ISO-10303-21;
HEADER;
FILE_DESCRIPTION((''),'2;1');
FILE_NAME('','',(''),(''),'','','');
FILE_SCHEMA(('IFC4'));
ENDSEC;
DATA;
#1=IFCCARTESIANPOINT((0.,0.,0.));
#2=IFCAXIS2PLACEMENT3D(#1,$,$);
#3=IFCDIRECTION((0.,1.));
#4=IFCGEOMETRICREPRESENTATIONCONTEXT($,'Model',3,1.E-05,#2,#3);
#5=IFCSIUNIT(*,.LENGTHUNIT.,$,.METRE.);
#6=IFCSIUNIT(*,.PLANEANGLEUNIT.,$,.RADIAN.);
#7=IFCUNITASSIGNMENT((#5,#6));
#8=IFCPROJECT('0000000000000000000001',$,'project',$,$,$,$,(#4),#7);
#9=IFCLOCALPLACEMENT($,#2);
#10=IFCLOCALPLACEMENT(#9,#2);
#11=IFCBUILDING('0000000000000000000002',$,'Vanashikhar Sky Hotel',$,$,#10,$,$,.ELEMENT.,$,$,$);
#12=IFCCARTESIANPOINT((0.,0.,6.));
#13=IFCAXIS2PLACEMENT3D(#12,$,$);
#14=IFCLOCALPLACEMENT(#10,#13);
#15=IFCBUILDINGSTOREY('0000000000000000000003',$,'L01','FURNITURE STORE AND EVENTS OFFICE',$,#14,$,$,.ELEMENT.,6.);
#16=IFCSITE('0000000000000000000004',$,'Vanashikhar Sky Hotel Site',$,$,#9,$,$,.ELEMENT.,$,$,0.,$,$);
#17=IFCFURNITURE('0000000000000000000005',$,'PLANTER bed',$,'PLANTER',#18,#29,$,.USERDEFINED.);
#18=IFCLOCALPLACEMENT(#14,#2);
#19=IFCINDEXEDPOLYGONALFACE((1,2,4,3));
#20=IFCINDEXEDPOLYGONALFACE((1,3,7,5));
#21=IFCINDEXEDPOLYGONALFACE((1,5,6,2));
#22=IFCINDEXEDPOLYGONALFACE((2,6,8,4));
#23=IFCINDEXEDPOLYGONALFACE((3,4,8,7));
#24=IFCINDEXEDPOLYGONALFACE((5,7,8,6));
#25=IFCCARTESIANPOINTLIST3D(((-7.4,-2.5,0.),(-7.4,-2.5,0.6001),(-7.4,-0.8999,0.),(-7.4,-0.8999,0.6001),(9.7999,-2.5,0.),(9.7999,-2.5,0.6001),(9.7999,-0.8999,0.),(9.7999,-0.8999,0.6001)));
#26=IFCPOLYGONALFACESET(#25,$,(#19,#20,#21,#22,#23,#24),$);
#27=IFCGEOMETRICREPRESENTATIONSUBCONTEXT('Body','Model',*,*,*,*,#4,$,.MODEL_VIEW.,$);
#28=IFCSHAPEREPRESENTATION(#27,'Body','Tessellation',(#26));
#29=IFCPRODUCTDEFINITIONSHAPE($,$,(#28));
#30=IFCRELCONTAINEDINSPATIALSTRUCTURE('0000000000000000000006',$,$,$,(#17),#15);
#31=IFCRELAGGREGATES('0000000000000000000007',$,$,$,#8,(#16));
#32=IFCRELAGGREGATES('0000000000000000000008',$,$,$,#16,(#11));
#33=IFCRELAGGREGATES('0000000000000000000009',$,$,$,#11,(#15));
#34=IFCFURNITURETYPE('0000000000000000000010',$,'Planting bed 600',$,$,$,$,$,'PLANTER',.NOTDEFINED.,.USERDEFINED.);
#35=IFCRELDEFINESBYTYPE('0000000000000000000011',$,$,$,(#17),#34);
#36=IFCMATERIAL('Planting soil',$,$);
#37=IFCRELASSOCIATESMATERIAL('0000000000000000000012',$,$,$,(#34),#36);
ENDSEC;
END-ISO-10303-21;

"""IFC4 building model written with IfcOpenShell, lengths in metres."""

from ifc_helpers import new_model, si_unit, direction, frame, origin, origin_2d, place, context, subcontext, project, spatial, rectangle, extrude, source, transform, mapped, material, type_object, element, save


model = new_model("IFC4")

# Units and contexts
model_context = context("Model", 3, precision=1e-05, world=origin(), true_north=direction((0.0, 1.0)))
body_context = subcontext(model_context, "Body", "Model", "MODEL_VIEW")
ifc_project = project(units=[si_unit("LENGTHUNIT", "METRE"), si_unit("PLANEANGLEUNIT", "RADIAN")], contexts=[model_context])

# Site, building, storey
site_placement = place(None, origin())
site = spatial("IfcSite", under=ifc_project, at=site_placement, Name="Vanashikhar Sky Hotel Site", CompositionType="ELEMENT", RefElevation=0.0)
building_placement = place(site_placement, origin())
building = spatial("IfcBuilding", under=site, at=building_placement, Name="Vanashikhar Sky Hotel", CompositionType="ELEMENT")
storey_placement = place(building_placement, frame((0.0, 0.0, 6.0)))
storey = spatial("IfcBuildingStorey", under=building, at=storey_placement, Name="L01", Description="FURNITURE STORE AND EVENTS OFFICE", CompositionType="ELEMENT", Elevation=6.0)

# Furniture
ifc_material_1 = material(Name="Planting soil")
furniture_type_1 = type_object("IfcFurnitureType", Name="Planting bed 600", ElementType="PLANTER", AssemblyPlace="NOTDEFINED", PredefinedType="USERDEFINED", material=ifc_material_1)
shared_shape_1 = source(origin(), body_context, "Body", "SweptSolid", [
    extrude(rectangle(XDim=17.2, YDim=1.6001, at=origin_2d()), origin(), (0.0, 0.0, 1.0), 0.6001),
])
furniture_1_placement = place(storey_placement, frame((1.2, -1.7, 0.0), z_axis=(0.0, 0.0, 1.0), x_axis=(1.0, 0.0, 0.0)))
element("IfcFurniture", 1, at=furniture_1_placement, inside=storey, type_object=furniture_type_1, Name="PLANTER bed", ObjectType="PLANTER", PredefinedType="USERDEFINED", context=body_context, shape_type="MappedRepresentation", body=[
    mapped(shared_shape_1, transform((0.0, 0.0, 0.0), scale=1.0)),
])

save(model, "model.ifc")
